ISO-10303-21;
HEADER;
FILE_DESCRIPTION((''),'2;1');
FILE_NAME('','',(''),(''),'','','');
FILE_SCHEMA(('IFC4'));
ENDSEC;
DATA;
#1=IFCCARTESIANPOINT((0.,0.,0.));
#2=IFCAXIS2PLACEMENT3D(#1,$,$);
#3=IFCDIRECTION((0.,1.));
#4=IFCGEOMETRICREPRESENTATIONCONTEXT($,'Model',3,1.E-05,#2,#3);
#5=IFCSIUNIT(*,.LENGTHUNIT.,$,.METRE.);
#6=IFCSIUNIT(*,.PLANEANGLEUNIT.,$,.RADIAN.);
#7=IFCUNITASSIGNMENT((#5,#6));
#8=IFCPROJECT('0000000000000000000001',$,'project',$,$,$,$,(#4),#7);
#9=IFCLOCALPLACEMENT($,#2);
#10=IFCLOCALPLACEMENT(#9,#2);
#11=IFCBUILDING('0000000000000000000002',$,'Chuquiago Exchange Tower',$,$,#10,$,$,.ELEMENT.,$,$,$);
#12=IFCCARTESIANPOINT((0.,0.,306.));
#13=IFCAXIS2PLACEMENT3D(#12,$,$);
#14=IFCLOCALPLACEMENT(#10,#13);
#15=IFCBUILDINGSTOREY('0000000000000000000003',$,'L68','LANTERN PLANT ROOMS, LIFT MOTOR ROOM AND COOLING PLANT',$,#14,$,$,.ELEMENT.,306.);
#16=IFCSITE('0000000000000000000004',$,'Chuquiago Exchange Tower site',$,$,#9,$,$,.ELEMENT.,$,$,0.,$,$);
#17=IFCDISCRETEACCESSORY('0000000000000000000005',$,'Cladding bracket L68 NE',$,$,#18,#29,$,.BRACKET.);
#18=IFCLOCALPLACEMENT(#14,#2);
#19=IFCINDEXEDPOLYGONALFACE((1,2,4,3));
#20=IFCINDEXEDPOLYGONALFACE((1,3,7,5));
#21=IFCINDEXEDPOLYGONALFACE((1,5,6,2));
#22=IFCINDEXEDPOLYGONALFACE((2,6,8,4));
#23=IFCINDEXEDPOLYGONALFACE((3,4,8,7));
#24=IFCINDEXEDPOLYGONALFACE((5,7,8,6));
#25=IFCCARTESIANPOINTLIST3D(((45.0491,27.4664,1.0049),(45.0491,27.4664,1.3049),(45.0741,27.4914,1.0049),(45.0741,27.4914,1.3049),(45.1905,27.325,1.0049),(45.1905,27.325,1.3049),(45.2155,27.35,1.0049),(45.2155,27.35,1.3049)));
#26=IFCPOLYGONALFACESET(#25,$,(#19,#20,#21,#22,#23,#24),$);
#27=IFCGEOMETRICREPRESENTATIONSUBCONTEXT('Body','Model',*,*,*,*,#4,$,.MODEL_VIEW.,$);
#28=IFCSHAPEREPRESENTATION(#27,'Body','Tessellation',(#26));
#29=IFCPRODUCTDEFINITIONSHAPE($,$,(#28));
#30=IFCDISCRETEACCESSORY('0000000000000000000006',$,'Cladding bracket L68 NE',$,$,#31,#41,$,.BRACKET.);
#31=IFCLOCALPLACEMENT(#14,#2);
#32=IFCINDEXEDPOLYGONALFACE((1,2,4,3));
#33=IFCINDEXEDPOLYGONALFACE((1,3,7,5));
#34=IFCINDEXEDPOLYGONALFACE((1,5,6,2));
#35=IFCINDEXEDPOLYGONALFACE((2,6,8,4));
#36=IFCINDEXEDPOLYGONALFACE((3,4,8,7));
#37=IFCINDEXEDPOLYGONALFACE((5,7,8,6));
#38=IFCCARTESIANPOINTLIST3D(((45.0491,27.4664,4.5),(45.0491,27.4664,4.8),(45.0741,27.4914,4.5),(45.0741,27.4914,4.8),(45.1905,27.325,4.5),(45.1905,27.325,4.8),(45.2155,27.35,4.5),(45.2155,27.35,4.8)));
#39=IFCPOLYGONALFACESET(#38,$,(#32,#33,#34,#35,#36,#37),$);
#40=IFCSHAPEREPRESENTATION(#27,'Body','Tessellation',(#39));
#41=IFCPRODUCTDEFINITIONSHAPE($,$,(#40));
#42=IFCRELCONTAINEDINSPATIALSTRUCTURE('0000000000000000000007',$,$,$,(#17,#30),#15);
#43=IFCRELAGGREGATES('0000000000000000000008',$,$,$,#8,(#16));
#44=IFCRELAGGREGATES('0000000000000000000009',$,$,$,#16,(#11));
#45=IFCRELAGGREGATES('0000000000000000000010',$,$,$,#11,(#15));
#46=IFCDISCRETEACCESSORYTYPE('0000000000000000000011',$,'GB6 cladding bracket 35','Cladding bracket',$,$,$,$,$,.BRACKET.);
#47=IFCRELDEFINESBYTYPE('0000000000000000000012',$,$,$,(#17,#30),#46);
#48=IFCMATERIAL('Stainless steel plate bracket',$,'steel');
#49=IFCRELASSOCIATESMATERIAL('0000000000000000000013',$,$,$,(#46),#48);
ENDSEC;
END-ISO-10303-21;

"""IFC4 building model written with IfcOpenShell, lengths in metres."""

from ifc_helpers import new_model, si_unit, direction, frame, origin, origin_2d, place, context, subcontext, project, spatial, rectangle, extrude, material, type_object, element, save


model = new_model("IFC4")

# Units and contexts
model_context = context("Model", 3, precision=1e-05, world=origin(), true_north=direction((0.0, 1.0)))
body_context = subcontext(model_context, "Body", "Model", "MODEL_VIEW")
ifc_project = project(units=[si_unit("LENGTHUNIT", "METRE"), si_unit("PLANEANGLEUNIT", "RADIAN")], contexts=[model_context])

# Site, building, storey
site_placement = place(None, origin())
site = spatial("IfcSite", under=ifc_project, at=site_placement, Name="Chuquiago Exchange Tower site", CompositionType="ELEMENT", RefElevation=0.0)
building_placement = place(site_placement, origin())
building = spatial("IfcBuilding", under=site, at=building_placement, Name="Chuquiago Exchange Tower", CompositionType="ELEMENT")
storey_placement = place(building_placement, frame((0.0, 0.0, 306.0)))
storey = spatial("IfcBuildingStorey", under=building, at=storey_placement, Name="L68", Description="LANTERN PLANT ROOMS, LIFT MOTOR ROOM AND COOLING PLANT", CompositionType="ELEMENT", Elevation=306.0)

# Discrete accessories
ifc_material_1 = material(Name="Stainless steel plate bracket", Category="steel")
discrete_accessory_type_1 = type_object("IfcDiscreteAccessoryType", Name="GB6 cladding bracket 35", Description="Cladding bracket", PredefinedType="BRACKET", material=ifc_material_1)
for number, where, z_axis, x_axis, name in (
    (1, (45.1323, 27.4082, 1.0049), (0.0, 0.0, 1.0), (-0.707107, 0.707107, 0.0), "Cladding bracket L68 NE"),
    (2, (45.1323, 27.4082, 4.5), (0.0, 0.0, 1.0), (-0.707107, 0.707107, 0.0), "Cladding bracket L68 NE"),
):
    element("IfcDiscreteAccessory", number, at=place(storey_placement, frame(where, z_axis=z_axis, x_axis=x_axis)), inside=storey, type_object=discrete_accessory_type_1, Name=name, PredefinedType="BRACKET", context=body_context, shape_type="SweptSolid", body=[
        extrude(rectangle(XDim=0.2, YDim=0.0354, at=origin_2d()), origin(), (0.0, 0.0, 1.0), 0.3),
    ])

save(model, "model.ifc")
